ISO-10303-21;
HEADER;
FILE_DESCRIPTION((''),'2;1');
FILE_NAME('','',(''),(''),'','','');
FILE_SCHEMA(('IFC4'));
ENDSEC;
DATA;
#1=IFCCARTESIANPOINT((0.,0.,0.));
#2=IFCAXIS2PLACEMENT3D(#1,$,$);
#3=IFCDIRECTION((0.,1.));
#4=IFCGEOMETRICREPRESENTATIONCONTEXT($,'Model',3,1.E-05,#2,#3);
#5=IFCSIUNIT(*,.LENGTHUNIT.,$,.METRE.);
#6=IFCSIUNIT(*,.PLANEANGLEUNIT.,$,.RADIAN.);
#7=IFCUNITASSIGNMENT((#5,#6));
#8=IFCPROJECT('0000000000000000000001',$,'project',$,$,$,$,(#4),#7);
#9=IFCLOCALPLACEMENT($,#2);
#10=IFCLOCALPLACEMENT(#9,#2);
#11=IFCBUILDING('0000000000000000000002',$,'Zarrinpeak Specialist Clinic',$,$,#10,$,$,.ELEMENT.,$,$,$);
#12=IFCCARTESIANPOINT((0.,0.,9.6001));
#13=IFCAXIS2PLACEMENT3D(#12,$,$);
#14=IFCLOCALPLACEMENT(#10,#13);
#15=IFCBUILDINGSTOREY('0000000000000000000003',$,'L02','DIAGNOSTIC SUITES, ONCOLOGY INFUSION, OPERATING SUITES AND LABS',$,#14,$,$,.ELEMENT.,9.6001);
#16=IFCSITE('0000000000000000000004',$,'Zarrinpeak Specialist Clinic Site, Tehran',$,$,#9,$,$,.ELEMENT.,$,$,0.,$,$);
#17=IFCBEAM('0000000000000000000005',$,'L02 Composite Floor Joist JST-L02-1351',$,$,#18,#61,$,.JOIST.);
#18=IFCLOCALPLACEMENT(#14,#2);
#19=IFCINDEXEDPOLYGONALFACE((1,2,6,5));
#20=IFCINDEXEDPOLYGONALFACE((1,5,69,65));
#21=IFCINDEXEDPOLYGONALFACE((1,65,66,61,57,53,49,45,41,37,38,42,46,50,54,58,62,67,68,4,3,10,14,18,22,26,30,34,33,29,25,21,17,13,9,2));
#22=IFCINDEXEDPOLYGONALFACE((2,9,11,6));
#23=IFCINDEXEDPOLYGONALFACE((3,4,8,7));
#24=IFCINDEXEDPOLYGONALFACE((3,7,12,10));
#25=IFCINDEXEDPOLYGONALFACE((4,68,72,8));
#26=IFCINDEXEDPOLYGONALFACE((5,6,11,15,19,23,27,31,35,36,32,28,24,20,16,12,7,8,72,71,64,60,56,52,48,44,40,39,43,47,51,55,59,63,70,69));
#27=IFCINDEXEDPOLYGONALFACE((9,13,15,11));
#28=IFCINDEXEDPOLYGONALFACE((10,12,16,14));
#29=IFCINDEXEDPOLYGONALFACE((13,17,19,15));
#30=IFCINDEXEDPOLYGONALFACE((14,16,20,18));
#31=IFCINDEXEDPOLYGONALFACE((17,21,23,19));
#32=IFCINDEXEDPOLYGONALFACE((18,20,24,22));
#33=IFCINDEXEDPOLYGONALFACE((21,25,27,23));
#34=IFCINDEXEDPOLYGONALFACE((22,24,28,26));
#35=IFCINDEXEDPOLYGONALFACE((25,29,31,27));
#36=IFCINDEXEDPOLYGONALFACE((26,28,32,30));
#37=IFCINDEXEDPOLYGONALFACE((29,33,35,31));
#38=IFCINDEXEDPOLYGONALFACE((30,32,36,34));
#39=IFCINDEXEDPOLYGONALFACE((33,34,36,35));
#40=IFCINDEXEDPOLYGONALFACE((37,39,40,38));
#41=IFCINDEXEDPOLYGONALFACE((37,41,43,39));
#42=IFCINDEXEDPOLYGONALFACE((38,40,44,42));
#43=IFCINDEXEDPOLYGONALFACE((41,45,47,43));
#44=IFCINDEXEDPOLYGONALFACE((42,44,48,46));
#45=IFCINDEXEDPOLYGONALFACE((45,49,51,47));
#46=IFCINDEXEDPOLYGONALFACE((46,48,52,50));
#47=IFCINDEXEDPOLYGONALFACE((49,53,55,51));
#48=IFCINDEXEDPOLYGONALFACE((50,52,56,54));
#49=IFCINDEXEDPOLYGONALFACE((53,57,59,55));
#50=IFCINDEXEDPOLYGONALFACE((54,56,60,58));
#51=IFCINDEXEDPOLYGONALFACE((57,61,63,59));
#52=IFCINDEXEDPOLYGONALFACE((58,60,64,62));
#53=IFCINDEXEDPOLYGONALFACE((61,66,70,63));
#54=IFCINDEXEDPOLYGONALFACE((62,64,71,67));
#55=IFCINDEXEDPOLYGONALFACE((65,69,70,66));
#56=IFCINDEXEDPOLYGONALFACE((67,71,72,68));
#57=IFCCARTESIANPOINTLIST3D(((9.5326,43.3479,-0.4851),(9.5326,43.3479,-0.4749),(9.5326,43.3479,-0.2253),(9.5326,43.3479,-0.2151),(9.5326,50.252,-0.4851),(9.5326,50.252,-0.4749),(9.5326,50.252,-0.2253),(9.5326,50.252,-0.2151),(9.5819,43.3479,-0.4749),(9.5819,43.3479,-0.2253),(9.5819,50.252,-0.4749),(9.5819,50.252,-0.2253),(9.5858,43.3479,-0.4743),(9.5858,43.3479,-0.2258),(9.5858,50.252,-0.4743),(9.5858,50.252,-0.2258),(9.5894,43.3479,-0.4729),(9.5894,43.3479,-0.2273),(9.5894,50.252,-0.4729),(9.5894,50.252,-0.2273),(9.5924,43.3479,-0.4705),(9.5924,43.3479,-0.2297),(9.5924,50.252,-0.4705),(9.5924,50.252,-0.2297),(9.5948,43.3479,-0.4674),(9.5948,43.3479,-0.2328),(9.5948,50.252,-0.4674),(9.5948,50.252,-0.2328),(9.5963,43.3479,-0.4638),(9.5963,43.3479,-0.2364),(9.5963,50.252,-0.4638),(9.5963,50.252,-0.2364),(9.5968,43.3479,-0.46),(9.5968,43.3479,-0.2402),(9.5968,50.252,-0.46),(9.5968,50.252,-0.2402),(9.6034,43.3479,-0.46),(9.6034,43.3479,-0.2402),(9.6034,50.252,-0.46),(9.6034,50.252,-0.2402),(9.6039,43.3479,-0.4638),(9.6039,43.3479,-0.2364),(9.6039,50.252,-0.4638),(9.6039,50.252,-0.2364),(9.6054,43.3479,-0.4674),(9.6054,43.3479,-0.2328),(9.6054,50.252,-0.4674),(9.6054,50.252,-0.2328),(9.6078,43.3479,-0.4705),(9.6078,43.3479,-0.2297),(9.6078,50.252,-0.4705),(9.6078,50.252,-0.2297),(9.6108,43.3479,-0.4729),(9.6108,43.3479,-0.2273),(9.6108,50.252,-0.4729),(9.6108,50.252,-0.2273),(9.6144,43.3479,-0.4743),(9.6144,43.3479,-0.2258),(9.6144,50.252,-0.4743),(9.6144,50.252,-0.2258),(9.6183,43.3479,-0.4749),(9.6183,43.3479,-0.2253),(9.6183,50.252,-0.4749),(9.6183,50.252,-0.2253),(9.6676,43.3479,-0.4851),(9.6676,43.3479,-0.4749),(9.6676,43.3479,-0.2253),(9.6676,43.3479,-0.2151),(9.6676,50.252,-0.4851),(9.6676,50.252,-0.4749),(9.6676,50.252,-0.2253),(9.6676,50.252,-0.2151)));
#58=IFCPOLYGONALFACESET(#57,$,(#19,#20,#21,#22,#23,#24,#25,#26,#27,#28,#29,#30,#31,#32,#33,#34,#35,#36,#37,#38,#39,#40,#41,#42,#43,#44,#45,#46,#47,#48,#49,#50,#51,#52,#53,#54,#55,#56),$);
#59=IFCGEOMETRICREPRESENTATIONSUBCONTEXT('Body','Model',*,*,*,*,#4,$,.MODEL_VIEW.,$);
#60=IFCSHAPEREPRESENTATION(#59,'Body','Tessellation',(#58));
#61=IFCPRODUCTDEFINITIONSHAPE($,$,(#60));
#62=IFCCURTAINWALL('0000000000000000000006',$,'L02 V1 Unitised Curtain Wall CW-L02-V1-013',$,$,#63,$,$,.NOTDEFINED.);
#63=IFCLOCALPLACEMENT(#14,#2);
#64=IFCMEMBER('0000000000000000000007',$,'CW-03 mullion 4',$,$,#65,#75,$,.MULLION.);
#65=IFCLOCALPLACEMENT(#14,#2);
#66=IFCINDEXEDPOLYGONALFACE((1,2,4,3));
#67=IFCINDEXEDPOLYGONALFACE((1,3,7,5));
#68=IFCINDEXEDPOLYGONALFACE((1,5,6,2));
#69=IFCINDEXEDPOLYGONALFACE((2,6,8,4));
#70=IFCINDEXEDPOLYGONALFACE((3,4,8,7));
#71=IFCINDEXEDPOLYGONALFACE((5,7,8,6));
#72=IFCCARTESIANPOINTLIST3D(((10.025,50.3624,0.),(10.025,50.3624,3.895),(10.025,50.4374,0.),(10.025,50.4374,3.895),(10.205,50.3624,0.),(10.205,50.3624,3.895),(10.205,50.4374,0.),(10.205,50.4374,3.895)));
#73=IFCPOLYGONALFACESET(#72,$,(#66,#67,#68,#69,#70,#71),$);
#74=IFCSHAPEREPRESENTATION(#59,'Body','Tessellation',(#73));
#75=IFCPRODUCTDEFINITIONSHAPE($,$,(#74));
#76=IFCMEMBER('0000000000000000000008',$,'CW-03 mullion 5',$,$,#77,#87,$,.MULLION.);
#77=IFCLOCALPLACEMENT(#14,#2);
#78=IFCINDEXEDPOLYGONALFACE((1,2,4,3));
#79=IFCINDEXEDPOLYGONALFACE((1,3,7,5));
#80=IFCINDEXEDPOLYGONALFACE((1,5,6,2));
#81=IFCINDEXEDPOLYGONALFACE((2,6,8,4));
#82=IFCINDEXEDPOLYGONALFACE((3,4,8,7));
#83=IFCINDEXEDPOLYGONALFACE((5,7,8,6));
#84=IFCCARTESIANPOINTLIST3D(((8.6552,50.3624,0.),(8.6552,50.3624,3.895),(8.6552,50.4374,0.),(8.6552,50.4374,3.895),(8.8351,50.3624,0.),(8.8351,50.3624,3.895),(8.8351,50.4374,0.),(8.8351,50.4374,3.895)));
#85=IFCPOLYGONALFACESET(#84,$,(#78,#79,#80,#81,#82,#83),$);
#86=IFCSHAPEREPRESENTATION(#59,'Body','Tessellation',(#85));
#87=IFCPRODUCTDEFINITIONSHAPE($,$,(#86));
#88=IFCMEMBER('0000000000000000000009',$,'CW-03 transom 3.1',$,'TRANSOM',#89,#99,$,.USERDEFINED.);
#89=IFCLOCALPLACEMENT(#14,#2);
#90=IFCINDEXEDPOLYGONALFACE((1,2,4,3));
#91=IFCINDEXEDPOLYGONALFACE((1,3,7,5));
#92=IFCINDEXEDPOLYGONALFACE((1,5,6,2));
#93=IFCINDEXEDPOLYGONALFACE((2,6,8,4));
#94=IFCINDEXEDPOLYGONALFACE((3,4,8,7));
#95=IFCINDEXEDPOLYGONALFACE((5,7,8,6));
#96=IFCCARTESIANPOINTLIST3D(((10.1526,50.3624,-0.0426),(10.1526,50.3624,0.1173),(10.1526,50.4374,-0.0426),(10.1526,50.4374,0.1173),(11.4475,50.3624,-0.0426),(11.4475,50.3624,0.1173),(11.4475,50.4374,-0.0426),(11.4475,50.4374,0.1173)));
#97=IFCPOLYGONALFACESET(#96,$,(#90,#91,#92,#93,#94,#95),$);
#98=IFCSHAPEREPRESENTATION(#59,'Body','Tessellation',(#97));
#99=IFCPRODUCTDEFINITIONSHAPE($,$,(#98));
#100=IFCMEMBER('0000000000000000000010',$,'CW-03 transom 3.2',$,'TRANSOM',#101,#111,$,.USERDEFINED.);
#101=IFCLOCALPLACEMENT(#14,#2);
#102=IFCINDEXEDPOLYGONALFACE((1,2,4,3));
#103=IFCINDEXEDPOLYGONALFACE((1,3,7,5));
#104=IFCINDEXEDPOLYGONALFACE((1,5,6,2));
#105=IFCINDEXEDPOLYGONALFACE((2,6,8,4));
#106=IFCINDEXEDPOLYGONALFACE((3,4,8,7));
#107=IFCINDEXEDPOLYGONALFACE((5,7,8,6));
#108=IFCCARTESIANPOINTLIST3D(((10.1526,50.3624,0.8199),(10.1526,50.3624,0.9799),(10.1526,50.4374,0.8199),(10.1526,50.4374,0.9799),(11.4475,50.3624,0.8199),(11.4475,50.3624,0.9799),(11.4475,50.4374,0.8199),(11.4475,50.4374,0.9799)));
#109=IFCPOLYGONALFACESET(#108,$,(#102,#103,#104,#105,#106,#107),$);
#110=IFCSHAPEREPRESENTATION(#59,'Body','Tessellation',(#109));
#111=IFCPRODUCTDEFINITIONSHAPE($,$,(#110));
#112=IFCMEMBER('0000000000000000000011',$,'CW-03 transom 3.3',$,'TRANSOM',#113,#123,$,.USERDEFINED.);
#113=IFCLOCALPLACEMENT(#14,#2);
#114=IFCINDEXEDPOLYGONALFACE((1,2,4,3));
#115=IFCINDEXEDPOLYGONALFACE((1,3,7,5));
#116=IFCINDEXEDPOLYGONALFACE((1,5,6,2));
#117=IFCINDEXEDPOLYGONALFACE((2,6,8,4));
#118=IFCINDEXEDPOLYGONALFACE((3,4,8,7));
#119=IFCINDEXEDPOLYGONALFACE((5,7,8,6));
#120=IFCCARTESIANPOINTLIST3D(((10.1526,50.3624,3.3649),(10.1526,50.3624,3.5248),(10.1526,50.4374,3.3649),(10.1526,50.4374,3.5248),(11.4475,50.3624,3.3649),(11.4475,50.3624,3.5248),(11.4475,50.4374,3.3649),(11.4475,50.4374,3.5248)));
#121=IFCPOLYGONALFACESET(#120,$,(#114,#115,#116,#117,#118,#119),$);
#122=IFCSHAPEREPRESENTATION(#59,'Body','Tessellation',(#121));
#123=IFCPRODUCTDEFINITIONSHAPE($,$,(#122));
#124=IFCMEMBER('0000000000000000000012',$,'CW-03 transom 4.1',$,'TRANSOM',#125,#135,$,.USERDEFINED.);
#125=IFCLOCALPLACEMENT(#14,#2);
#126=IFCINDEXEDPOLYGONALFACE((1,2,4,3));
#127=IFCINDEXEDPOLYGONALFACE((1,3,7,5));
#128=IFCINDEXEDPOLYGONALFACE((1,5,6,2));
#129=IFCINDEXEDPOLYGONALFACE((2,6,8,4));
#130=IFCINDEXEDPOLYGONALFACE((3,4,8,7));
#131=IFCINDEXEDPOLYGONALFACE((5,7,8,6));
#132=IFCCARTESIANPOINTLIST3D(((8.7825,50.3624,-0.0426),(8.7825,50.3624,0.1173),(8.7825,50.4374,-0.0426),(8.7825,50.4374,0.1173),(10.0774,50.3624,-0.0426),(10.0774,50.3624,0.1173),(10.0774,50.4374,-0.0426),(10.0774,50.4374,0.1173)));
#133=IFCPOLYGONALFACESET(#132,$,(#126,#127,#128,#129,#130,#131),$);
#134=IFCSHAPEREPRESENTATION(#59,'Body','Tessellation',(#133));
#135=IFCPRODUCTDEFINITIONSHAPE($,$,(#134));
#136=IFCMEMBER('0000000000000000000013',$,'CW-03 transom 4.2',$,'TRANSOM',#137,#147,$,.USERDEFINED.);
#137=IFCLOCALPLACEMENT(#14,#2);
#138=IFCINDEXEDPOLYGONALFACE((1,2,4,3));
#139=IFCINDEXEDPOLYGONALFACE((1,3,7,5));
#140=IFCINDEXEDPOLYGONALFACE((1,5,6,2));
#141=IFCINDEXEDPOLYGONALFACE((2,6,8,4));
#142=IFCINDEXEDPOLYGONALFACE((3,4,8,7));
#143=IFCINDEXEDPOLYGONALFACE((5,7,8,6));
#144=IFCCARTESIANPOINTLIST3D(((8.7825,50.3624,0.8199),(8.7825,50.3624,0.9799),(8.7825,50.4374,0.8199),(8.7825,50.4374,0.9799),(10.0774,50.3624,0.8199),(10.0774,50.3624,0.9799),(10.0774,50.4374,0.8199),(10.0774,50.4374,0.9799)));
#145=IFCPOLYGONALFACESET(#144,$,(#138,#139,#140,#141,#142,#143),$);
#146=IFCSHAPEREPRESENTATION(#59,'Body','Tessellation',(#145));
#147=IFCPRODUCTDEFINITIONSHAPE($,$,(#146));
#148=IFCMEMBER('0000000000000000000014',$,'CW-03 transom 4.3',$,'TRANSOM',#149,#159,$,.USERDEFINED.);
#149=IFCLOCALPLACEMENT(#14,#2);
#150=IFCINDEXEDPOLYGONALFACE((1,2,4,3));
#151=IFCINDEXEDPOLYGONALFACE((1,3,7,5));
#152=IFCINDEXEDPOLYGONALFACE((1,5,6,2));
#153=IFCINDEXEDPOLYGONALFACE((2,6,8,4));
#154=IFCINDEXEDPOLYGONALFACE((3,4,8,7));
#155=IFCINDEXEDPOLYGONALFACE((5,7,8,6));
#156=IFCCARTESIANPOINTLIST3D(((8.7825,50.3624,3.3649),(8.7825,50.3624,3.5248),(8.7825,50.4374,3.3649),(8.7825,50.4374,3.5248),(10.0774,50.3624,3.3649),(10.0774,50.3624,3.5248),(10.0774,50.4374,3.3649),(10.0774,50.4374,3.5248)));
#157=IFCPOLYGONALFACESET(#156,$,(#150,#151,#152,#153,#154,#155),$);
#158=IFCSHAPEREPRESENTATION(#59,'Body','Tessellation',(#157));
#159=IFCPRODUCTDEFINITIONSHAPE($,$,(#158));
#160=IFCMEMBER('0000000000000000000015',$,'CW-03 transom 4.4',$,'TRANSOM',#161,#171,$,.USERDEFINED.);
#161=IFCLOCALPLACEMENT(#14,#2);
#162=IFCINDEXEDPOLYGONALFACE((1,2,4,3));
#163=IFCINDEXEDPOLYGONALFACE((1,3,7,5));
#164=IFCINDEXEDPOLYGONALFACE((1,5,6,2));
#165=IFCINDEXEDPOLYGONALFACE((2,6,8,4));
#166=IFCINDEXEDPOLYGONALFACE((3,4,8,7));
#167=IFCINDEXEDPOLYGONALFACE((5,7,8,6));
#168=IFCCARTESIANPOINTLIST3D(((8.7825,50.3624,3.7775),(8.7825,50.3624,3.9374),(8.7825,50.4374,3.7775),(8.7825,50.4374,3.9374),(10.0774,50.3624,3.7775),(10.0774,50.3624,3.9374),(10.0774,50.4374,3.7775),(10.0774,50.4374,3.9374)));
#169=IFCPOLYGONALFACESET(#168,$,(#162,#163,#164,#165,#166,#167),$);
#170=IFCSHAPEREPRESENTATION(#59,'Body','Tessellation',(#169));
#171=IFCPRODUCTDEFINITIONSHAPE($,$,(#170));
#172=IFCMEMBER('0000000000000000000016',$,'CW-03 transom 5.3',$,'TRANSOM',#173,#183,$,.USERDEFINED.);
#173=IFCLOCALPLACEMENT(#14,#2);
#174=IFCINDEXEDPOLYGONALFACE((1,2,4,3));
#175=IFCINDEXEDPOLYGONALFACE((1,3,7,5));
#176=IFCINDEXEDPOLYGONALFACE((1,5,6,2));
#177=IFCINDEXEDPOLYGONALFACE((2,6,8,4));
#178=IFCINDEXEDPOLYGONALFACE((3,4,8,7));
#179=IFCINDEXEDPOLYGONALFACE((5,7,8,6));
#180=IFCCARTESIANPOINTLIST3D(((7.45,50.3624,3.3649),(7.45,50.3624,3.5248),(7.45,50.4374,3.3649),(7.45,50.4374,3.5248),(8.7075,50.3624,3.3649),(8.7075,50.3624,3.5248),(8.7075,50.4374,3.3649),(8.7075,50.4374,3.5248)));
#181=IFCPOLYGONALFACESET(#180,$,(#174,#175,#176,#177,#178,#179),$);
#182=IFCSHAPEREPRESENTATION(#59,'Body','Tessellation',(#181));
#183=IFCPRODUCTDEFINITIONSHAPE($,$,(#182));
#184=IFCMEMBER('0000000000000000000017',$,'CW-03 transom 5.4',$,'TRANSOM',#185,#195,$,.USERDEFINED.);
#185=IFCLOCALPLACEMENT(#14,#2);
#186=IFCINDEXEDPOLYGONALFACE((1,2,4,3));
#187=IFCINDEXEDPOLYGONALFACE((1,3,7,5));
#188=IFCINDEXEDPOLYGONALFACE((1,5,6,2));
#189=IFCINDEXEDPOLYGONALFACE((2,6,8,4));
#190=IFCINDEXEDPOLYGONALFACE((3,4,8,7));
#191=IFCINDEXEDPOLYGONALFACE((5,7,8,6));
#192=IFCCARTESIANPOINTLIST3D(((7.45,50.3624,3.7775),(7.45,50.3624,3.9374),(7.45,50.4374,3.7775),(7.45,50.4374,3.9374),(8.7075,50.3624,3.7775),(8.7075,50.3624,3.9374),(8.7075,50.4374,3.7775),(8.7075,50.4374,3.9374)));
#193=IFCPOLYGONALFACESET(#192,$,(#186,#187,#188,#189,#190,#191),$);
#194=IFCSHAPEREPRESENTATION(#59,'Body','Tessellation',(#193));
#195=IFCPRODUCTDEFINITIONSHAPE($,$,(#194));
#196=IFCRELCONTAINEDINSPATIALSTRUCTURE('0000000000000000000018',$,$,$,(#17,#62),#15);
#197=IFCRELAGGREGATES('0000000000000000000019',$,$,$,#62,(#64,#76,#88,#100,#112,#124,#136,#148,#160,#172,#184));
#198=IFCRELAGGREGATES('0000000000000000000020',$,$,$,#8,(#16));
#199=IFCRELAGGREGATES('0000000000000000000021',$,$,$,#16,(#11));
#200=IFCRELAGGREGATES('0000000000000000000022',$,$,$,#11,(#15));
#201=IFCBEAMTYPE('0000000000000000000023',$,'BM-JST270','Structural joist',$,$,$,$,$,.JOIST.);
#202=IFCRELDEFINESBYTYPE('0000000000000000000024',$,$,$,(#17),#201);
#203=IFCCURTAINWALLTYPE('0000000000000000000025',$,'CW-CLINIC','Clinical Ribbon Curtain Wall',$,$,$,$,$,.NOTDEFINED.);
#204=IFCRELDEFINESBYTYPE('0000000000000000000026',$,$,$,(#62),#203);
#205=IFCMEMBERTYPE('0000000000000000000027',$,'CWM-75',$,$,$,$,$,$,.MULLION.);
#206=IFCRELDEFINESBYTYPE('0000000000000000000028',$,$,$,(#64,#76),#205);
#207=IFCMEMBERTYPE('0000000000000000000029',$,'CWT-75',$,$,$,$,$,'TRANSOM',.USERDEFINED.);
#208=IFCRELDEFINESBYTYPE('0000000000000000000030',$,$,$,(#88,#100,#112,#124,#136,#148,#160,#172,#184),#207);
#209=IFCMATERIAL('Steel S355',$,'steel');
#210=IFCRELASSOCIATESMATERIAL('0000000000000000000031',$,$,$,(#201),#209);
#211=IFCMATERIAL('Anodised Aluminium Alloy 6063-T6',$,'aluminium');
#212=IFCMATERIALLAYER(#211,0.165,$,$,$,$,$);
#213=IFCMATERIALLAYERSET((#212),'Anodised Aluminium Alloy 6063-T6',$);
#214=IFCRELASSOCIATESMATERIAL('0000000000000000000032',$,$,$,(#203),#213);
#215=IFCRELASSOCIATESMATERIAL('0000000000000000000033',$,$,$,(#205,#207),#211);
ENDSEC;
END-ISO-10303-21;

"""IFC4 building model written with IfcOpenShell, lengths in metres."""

from ifc_helpers import new_model, si_unit, direction, frame, origin, origin_2d, place, context, subcontext, project, spatial, rectangle, i_section, extrude, material, layer, layer_set, material_profile, profile_set, type_object, element, aggregate, save


model = new_model("IFC4")

# Units and contexts
model_context = context("Model", 3, precision=1e-05, world=origin(), true_north=direction((0.0, 1.0)))
body_context = subcontext(model_context, "Body", "Model", "MODEL_VIEW")
ifc_project = project(units=[si_unit("LENGTHUNIT", "METRE"), si_unit("PLANEANGLEUNIT", "RADIAN")], contexts=[model_context])

# Site, building, storey
site_placement = place(None, origin())
site = spatial("IfcSite", under=ifc_project, at=site_placement, Name="Zarrinpeak Specialist Clinic Site, Tehran", CompositionType="ELEMENT", RefElevation=0.0)
building_placement = place(site_placement, origin())
building = spatial("IfcBuilding", under=site, at=building_placement, Name="Zarrinpeak Specialist Clinic", CompositionType="ELEMENT")
storey_placement = place(building_placement, frame((0.0, 0.0, 9.6001)))
storey = spatial("IfcBuildingStorey", under=building, at=storey_placement, Name="L02", Description="DIAGNOSTIC SUITES, ONCOLOGY INFUSION, OPERATING SUITES AND LABS", CompositionType="ELEMENT", Elevation=9.6001)

# Beam
ifc_material_1 = material(Name="Steel S355", Category="steel")
ifc_material_profile_1 = material_profile(ifc_material_1, i_section(OverallWidth=0.135, OverallDepth=0.27, WebThickness=0.0066, FlangeThickness=0.0103, FilletRadius=0.0149, at=origin_2d()), Name="IPE 270")
ifc_profile_set_1 = profile_set([ifc_material_profile_1], Name="Steel S355")
beam_type = type_object("IfcBeamType", Name="BM-JST270", Description="Structural joist", PredefinedType="JOIST", material=ifc_profile_set_1)
beam_placement = place(storey_placement, frame((9.6001, 43.3479, -0.3501), z_axis=(0.0, 1.0, 0.0), x_axis=(-1.0, 0.0, 0.0)))
element("IfcBeam", 1, at=beam_placement, inside=storey, type_object=beam_type, Name="L02 Composite Floor Joist JST-L02-1351", PredefinedType="JOIST", context=body_context, shape_type="SweptSolid", body=[
    extrude(i_section(OverallWidth=0.135, OverallDepth=0.27, WebThickness=0.0066, FlangeThickness=0.0103, FilletRadius=0.0149, at=origin_2d()), origin(), (0.0, 0.0, 1.0), 6.9041),
])

# Curtain wall, members
ifc_material_2 = material(Name="Anodised Aluminium Alloy 6063-T6", Category="aluminium")
ifc_layer_1 = layer(ifc_material_2, 0.165)
ifc_layer_set_1 = layer_set([ifc_layer_1], Name="Anodised Aluminium Alloy 6063-T6")
curtain_wall_type = type_object("IfcCurtainWallType", Name="CW-CLINIC", Description="Clinical Ribbon Curtain Wall", PredefinedType="NOTDEFINED", material=ifc_layer_set_1)
curtain_wall_placement = place(storey_placement, origin())
curtain_wall = element("IfcCurtainWall", 2, at=curtain_wall_placement, inside=storey, type_object=curtain_wall_type, Name="L02 V1 Unitised Curtain Wall CW-L02-V1-013", PredefinedType="NOTDEFINED")
ifc_material_profile_2 = material_profile(ifc_material_2, rectangle(XDim=0.075, YDim=0.1799, at=origin_2d()), Name="ALU 75x180")
ifc_profile_set_2 = profile_set([ifc_material_profile_2], Name="Anodised Aluminium Alloy 6063-T6")
member_type_1 = type_object("IfcMemberType", Name="CWM-75", PredefinedType="MULLION", material=ifc_profile_set_2)
member_1_placement = place(storey_placement, frame((10.115, 50.3999, 0.0), z_axis=(0.0, 0.0, 1.0), x_axis=(0.0, -1.0, 0.0)))
member_1 = element("IfcMember", 3, at=member_1_placement, type_object=member_type_1, Name="CW-03 mullion 4", PredefinedType="MULLION", context=body_context, shape_type="SweptSolid", body=[
    extrude(rectangle(XDim=0.075, YDim=0.1799, at=origin_2d()), origin(), (0.0, 0.0, 1.0), 3.895),
])
member_2_placement = place(storey_placement, frame((8.7451, 50.3999, 0.0), z_axis=(0.0, 0.0, 1.0), x_axis=(0.0, -1.0, 0.0)))
member_2 = element("IfcMember", 4, at=member_2_placement, type_object=member_type_1, Name="CW-03 mullion 5", PredefinedType="MULLION", context=body_context, shape_type="SweptSolid", body=[
    extrude(rectangle(XDim=0.075, YDim=0.1799, at=origin_2d()), origin(), (0.0, 0.0, 1.0), 3.895),
])
ifc_material_profile_3 = material_profile(ifc_material_2, rectangle(XDim=0.075, YDim=0.1599, at=origin_2d()), Name="ALU 75x160")
ifc_profile_set_3 = profile_set([ifc_material_profile_3], Name="Anodised Aluminium Alloy 6063-T6")
member_type_2 = type_object("IfcMemberType", Name="CWT-75", ElementType="TRANSOM", PredefinedType="USERDEFINED", material=ifc_profile_set_3)
member_3_placement = place(storey_placement, frame((11.4475, 50.3999, 0.0374), z_axis=(-1.0, 0.0, 0.0), x_axis=(0.0, -1.0, 0.0)))
member_3 = element("IfcMember", 5, at=member_3_placement, type_object=member_type_2, Name="CW-03 transom 3.1", ObjectType="TRANSOM", PredefinedType="USERDEFINED", context=body_context, shape_type="SweptSolid", body=[
    extrude(rectangle(XDim=0.075, YDim=0.1599, at=origin_2d()), origin(), (0.0, 0.0, 1.0), 1.2949),
])
member_4_placement = place(storey_placement, frame((11.4475, 50.3999, 0.8999), z_axis=(-1.0, 0.0, 0.0), x_axis=(0.0, -1.0, 0.0)))
member_4 = element("IfcMember", 6, at=member_4_placement, type_object=member_type_2, Name="CW-03 transom 3.2", ObjectType="TRANSOM", PredefinedType="USERDEFINED", context=body_context, shape_type="SweptSolid", body=[
    extrude(rectangle(XDim=0.075, YDim=0.1599, at=origin_2d()), origin(), (0.0, 0.0, 1.0), 1.2949),
])
member_5_placement = place(storey_placement, frame((11.4475, 50.3999, 3.4448), z_axis=(-1.0, 0.0, 0.0), x_axis=(0.0, -1.0, 0.0)))
member_5 = element("IfcMember", 7, at=member_5_placement, type_object=member_type_2, Name="CW-03 transom 3.3", ObjectType="TRANSOM", PredefinedType="USERDEFINED", context=body_context, shape_type="SweptSolid", body=[
    extrude(rectangle(XDim=0.075, YDim=0.1599, at=origin_2d()), origin(), (0.0, 0.0, 1.0), 1.2949),
])
member_6_placement = place(storey_placement, frame((10.0774, 50.3999, 0.0374), z_axis=(-1.0, 0.0, 0.0), x_axis=(0.0, -1.0, 0.0)))
member_6 = element("IfcMember", 8, at=member_6_placement, type_object=member_type_2, Name="CW-03 transom 4.1", ObjectType="TRANSOM", PredefinedType="USERDEFINED", context=body_context, shape_type="SweptSolid", body=[
    extrude(rectangle(XDim=0.075, YDim=0.1599, at=origin_2d()), origin(), (0.0, 0.0, 1.0), 1.2949),
])
member_7_placement = place(storey_placement, frame((10.0774, 50.3999, 0.8999), z_axis=(-1.0, 0.0, 0.0), x_axis=(0.0, -1.0, 0.0)))
member_7 = element("IfcMember", 9, at=member_7_placement, type_object=member_type_2, Name="CW-03 transom 4.2", ObjectType="TRANSOM", PredefinedType="USERDEFINED", context=body_context, shape_type="SweptSolid", body=[
    extrude(rectangle(XDim=0.075, YDim=0.1599, at=origin_2d()), origin(), (0.0, 0.0, 1.0), 1.2949),
])
member_8_placement = place(storey_placement, frame((10.0774, 50.3999, 3.4448), z_axis=(-1.0, 0.0, 0.0), x_axis=(0.0, -1.0, 0.0)))
member_8 = element("IfcMember", 10, at=member_8_placement, type_object=member_type_2, Name="CW-03 transom 4.3", ObjectType="TRANSOM", PredefinedType="USERDEFINED", context=body_context, shape_type="SweptSolid", body=[
    extrude(rectangle(XDim=0.075, YDim=0.1599, at=origin_2d()), origin(), (0.0, 0.0, 1.0), 1.2949),
])
member_9_placement = place(storey_placement, frame((10.0774, 50.3999, 3.8574), z_axis=(-1.0, 0.0, 0.0), x_axis=(0.0, -1.0, 0.0)))
member_9 = element("IfcMember", 11, at=member_9_placement, type_object=member_type_2, Name="CW-03 transom 4.4", ObjectType="TRANSOM", PredefinedType="USERDEFINED", context=body_context, shape_type="SweptSolid", body=[
    extrude(rectangle(XDim=0.075, YDim=0.1599, at=origin_2d()), origin(), (0.0, 0.0, 1.0), 1.2949),
])
member_10_placement = place(storey_placement, frame((8.7075, 50.3999, 3.4448), z_axis=(-1.0, 0.0, 0.0), x_axis=(0.0, -1.0, 0.0)))
member_10 = element("IfcMember", 12, at=member_10_placement, type_object=member_type_2, Name="CW-03 transom 5.3", ObjectType="TRANSOM", PredefinedType="USERDEFINED", context=body_context, shape_type="SweptSolid", body=[
    extrude(rectangle(XDim=0.075, YDim=0.1599, at=origin_2d()), origin(), (0.0, 0.0, 1.0), 1.2576),
])
member_11_placement = place(storey_placement, frame((8.7075, 50.3999, 3.8574), z_axis=(-1.0, 0.0, 0.0), x_axis=(0.0, -1.0, 0.0)))
member_11 = element("IfcMember", 13, at=member_11_placement, type_object=member_type_2, Name="CW-03 transom 5.4", ObjectType="TRANSOM", PredefinedType="USERDEFINED", context=body_context, shape_type="SweptSolid", body=[
    extrude(rectangle(XDim=0.075, YDim=0.1599, at=origin_2d()), origin(), (0.0, 0.0, 1.0), 1.2576),
])
aggregate(curtain_wall, [member_1, member_2, member_3, member_4, member_5, member_6, member_7, member_8, member_9, member_10, member_11])

save(model, "model.ifc")
